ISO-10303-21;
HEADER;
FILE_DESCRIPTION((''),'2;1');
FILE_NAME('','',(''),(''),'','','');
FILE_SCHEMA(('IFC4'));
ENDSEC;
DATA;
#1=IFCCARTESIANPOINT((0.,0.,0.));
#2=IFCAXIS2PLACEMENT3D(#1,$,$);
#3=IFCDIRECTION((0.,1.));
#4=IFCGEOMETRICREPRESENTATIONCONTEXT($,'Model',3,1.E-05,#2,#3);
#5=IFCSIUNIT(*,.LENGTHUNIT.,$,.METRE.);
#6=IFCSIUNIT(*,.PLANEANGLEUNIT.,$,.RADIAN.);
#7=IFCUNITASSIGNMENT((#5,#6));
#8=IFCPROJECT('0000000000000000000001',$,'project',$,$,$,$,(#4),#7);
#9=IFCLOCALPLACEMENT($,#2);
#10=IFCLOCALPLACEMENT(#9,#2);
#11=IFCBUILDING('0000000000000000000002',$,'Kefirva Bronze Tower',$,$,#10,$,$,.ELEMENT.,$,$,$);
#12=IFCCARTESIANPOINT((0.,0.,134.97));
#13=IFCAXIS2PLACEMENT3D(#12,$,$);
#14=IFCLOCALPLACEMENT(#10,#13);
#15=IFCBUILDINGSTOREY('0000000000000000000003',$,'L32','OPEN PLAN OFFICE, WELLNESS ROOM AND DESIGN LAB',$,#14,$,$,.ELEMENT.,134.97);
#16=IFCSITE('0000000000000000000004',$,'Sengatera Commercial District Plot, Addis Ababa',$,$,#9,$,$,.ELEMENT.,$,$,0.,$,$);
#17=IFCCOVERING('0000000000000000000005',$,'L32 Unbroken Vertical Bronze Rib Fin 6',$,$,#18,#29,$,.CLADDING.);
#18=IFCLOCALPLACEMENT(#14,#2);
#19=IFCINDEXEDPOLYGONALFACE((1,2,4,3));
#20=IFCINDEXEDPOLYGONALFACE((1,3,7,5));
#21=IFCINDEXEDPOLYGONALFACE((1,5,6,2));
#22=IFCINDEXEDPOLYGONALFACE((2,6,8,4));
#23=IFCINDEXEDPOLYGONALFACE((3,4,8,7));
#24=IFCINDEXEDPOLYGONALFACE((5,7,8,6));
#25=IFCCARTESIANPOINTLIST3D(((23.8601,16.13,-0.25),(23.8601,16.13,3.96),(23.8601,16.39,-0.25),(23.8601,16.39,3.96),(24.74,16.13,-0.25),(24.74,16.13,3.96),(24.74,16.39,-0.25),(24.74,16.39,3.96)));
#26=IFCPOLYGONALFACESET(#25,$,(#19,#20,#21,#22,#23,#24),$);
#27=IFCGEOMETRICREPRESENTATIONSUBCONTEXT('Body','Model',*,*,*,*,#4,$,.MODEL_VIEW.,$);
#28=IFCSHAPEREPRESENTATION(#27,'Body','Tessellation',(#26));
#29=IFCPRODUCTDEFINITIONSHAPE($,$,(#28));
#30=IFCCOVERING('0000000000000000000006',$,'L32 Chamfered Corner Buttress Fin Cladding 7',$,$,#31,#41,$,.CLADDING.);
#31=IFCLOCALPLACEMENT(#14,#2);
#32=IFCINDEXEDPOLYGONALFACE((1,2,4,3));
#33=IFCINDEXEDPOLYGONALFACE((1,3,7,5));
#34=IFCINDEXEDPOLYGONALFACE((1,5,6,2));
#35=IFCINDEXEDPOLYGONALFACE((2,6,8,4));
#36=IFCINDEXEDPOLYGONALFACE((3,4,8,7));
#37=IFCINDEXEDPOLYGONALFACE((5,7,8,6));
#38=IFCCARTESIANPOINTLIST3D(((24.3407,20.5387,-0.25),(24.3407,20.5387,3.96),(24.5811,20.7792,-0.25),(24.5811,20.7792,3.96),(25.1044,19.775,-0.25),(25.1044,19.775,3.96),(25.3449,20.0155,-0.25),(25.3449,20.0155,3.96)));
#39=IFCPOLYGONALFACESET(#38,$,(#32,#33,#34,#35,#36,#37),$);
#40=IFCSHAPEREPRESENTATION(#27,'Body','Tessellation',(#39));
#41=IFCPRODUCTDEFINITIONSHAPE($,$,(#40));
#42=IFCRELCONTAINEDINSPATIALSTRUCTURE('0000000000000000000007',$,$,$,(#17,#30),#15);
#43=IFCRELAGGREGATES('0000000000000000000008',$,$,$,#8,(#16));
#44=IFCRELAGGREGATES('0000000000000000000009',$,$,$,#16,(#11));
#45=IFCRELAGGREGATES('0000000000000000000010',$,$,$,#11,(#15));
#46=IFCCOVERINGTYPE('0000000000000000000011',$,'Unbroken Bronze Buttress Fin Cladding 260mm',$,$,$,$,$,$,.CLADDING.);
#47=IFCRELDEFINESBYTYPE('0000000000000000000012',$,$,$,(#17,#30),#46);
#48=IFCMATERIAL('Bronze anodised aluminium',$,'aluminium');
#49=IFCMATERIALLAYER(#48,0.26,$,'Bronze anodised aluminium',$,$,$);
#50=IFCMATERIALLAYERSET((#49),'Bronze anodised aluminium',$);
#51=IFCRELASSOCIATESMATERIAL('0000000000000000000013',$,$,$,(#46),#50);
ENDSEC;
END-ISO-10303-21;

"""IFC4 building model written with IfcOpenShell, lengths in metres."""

from ifc_helpers import new_model, si_unit, direction, frame, origin, origin_2d, place, context, subcontext, project, spatial, rectangle, extrude, material, layer, layer_set, type_object, element, save


model = new_model("IFC4")

# Units and contexts
model_context = context("Model", 3, precision=1e-05, world=origin(), true_north=direction((0.0, 1.0)))
body_context = subcontext(model_context, "Body", "Model", "MODEL_VIEW")
ifc_project = project(units=[si_unit("LENGTHUNIT", "METRE"), si_unit("PLANEANGLEUNIT", "RADIAN")], contexts=[model_context])

# Site, building, storey
site_placement = place(None, origin())
site = spatial("IfcSite", under=ifc_project, at=site_placement, Name="Sengatera Commercial District Plot, Addis Ababa", CompositionType="ELEMENT", RefElevation=0.0)
building_placement = place(site_placement, origin())
building = spatial("IfcBuilding", under=site, at=building_placement, Name="Kefirva Bronze Tower", CompositionType="ELEMENT")
storey_placement = place(building_placement, frame((0.0, 0.0, 134.97)))
storey = spatial("IfcBuildingStorey", under=building, at=storey_placement, Name="L32", Description="OPEN PLAN OFFICE, WELLNESS ROOM AND DESIGN LAB", CompositionType="ELEMENT", Elevation=134.97)

# Shared definitions
ifc_material_1 = material(Name="Bronze anodised aluminium", Category="aluminium")

# Coverings
ifc_layer_1 = layer(ifc_material_1, 0.26, Name="Bronze anodised aluminium")
ifc_layer_set_1 = layer_set([ifc_layer_1], Name="Bronze anodised aluminium")
covering_type_1 = type_object("IfcCoveringType", Name="Unbroken Bronze Buttress Fin Cladding 260mm", PredefinedType="CLADDING", material=ifc_layer_set_1)
covering_1_placement = place(storey_placement, frame((24.3, 16.26, -0.25), z_axis=(0.0, 0.0, 1.0), x_axis=(0.0, 1.0, 0.0)))
element("IfcCovering", 1, at=covering_1_placement, inside=storey, type_object=covering_type_1, Name="L32 Unbroken Vertical Bronze Rib Fin 6", PredefinedType="CLADDING", context=body_context, shape_type="SweptSolid", body=[
    extrude(rectangle(XDim=0.26, YDim=0.8799, at=origin_2d()), origin(), (0.0, 0.0, 1.0), 4.21),
])
covering_2_placement = place(storey_placement, frame((24.8428, 20.2771, -0.25), z_axis=(0.0, 0.0, 1.0), x_axis=(0.707107, 0.707107, 0.0)))
element("IfcCovering", 2, at=covering_2_placement, inside=storey, type_object=covering_type_1, Name="L32 Chamfered Corner Buttress Fin Cladding 7", PredefinedType="CLADDING", context=body_context, shape_type="SweptSolid", body=[
    extrude(rectangle(XDim=0.3401, YDim=1.0801, at=origin_2d()), origin(), (0.0, 0.0, 1.0), 4.21),
])

save(model, "model.ifc")
